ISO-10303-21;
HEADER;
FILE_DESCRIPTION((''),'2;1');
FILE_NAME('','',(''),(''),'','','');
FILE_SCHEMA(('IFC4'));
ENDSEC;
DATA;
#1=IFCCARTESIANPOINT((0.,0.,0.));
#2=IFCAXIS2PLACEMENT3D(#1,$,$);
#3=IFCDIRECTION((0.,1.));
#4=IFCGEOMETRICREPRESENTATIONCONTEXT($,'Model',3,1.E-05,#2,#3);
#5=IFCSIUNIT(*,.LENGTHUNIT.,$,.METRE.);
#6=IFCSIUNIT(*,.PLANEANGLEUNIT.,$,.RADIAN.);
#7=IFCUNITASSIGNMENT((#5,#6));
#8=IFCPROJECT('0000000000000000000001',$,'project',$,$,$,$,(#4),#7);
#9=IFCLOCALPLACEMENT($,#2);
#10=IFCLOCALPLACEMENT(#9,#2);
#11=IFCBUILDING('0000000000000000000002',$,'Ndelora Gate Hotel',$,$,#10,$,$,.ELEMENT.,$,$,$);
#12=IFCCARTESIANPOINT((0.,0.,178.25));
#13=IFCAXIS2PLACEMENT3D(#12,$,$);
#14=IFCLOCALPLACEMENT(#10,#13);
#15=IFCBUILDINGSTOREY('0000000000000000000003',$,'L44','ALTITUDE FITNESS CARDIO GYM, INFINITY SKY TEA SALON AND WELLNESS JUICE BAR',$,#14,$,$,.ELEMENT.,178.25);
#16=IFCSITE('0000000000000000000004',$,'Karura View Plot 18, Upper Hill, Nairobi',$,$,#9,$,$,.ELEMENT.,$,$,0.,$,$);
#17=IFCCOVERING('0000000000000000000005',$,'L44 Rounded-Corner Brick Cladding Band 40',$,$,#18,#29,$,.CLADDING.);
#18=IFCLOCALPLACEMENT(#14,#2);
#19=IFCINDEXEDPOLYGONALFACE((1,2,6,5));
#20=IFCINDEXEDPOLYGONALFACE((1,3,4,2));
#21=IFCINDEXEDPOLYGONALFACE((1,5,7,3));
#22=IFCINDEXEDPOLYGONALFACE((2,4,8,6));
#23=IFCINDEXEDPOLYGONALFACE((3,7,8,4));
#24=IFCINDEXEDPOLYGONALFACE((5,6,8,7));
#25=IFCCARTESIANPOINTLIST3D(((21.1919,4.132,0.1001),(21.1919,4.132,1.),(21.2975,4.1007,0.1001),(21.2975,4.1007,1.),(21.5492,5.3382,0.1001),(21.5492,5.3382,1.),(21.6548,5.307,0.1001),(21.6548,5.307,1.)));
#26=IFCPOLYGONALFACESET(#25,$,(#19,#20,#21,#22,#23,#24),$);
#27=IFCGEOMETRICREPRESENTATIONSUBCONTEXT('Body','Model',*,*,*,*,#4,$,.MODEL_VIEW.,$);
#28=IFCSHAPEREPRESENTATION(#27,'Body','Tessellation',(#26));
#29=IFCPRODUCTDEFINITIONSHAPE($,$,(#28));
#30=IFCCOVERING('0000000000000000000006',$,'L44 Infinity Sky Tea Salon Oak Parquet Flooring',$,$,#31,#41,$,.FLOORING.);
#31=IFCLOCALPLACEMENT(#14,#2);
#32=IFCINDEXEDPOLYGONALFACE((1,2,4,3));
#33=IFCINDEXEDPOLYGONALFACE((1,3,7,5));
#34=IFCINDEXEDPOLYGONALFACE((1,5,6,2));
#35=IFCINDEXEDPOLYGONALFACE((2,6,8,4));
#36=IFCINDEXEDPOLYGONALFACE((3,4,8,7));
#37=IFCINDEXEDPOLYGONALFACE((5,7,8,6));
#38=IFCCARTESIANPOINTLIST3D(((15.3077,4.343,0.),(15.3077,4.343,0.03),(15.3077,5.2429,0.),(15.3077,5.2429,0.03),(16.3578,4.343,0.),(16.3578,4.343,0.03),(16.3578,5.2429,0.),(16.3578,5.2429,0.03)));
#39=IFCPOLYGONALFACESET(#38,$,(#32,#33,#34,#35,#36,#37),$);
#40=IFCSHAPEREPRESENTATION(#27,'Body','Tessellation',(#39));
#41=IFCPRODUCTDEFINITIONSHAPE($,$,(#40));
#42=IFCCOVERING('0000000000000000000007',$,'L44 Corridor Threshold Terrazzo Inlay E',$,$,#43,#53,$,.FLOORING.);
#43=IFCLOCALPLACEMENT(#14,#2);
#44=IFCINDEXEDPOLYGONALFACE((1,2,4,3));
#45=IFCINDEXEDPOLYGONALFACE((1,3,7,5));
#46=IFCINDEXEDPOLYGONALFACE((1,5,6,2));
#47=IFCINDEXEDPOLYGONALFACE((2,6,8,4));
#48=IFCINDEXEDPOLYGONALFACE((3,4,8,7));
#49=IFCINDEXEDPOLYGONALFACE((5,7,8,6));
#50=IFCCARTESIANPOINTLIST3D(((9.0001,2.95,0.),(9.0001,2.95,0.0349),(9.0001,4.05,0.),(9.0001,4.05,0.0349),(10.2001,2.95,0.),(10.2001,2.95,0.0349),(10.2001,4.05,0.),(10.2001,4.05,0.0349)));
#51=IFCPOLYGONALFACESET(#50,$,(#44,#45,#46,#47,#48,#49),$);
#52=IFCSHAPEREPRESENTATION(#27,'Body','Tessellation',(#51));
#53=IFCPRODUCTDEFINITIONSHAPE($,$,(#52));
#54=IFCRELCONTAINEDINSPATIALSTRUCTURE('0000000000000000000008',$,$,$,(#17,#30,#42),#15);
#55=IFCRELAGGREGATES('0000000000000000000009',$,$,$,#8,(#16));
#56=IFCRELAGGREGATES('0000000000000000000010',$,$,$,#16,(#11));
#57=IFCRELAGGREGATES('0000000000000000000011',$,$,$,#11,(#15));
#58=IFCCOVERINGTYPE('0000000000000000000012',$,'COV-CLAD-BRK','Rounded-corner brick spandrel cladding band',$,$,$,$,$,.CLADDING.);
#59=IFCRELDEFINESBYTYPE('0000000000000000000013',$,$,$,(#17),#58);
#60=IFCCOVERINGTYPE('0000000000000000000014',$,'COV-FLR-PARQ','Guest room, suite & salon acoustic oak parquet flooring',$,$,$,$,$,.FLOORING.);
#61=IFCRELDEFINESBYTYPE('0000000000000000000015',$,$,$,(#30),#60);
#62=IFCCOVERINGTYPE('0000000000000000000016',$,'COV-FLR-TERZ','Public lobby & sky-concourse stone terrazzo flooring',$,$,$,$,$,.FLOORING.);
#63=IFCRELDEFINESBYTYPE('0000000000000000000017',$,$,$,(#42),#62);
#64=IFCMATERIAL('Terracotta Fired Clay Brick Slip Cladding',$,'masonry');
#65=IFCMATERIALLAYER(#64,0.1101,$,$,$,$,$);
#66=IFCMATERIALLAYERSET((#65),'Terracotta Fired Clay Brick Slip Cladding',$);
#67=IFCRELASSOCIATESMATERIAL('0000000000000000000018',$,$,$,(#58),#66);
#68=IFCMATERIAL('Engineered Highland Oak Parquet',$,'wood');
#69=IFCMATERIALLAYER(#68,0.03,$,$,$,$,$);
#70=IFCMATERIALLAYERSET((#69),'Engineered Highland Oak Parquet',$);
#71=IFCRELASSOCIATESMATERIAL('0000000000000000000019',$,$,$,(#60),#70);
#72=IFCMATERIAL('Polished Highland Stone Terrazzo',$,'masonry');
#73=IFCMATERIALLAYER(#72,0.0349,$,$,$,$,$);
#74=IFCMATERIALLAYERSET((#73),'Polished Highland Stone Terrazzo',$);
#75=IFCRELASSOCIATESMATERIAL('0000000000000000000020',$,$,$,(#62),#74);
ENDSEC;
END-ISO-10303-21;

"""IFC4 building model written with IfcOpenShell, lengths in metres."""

from ifc_helpers import new_model, si_unit, direction, frame, origin, origin_2d, place, context, subcontext, project, spatial, rectangle, extrude, material, layer, layer_set, type_object, element, save


model = new_model("IFC4")

# Units and contexts
model_context = context("Model", 3, precision=1e-05, world=origin(), true_north=direction((0.0, 1.0)))
body_context = subcontext(model_context, "Body", "Model", "MODEL_VIEW")
ifc_project = project(units=[si_unit("LENGTHUNIT", "METRE"), si_unit("PLANEANGLEUNIT", "RADIAN")], contexts=[model_context])

# Site, building, storey
site_placement = place(None, origin())
site = spatial("IfcSite", under=ifc_project, at=site_placement, Name="Karura View Plot 18, Upper Hill, Nairobi", CompositionType="ELEMENT", RefElevation=0.0)
building_placement = place(site_placement, origin())
building = spatial("IfcBuilding", under=site, at=building_placement, Name="Ndelora Gate Hotel", CompositionType="ELEMENT")
storey_placement = place(building_placement, frame((0.0, 0.0, 178.25)))
storey = spatial("IfcBuildingStorey", under=building, at=storey_placement, Name="L44", Description="ALTITUDE FITNESS CARDIO GYM, INFINITY SKY TEA SALON AND WELLNESS JUICE BAR", CompositionType="ELEMENT", Elevation=178.25)

# Coverings
ifc_material_1 = material(Name="Terracotta Fired Clay Brick Slip Cladding", Category="masonry")
ifc_layer_1 = layer(ifc_material_1, 0.1101)
ifc_layer_set_1 = layer_set([ifc_layer_1], Name="Terracotta Fired Clay Brick Slip Cladding")
covering_type_1 = type_object("IfcCoveringType", Name="COV-CLAD-BRK", Description="Rounded-corner brick spandrel cladding band", PredefinedType="CLADDING", material=ifc_layer_set_1)
covering_1_placement = place(storey_placement, frame((21.4233, 4.7195, 0.1001), z_axis=(0.0, 0.0, 1.0), x_axis=(0.284015, 0.95882, 0.0)))
element("IfcCovering", 1, at=covering_1_placement, inside=storey, type_object=covering_type_1, Name="L44 Rounded-Corner Brick Cladding Band 40", PredefinedType="CLADDING", context=body_context, shape_type="SweptSolid", body=[
    extrude(rectangle(XDim=1.2581, YDim=0.1101, at=origin_2d()), origin(), (0.0, 0.0, 1.0), 0.8999),
])
ifc_material_2 = material(Name="Engineered Highland Oak Parquet", Category="wood")
ifc_layer_2 = layer(ifc_material_2, 0.03)
ifc_layer_set_2 = layer_set([ifc_layer_2], Name="Engineered Highland Oak Parquet")
covering_type_2 = type_object("IfcCoveringType", Name="COV-FLR-PARQ", Description="Guest room, suite & salon acoustic oak parquet flooring", PredefinedType="FLOORING", material=ifc_layer_set_2)
covering_2_placement = place(storey_placement, frame((15.8328, 4.793, 0.0), z_axis=(0.0, 0.0, 1.0), x_axis=(1.0, 0.0, 0.0)))
element("IfcCovering", 2, at=covering_2_placement, inside=storey, type_object=covering_type_2, Name="L44 Infinity Sky Tea Salon Oak Parquet Flooring", PredefinedType="FLOORING", context=body_context, shape_type="SweptSolid", body=[
    extrude(rectangle(XDim=1.05, YDim=0.8999, at=origin_2d()), origin(), (0.0, 0.0, 1.0), 0.03),
])
ifc_material_3 = material(Name="Polished Highland Stone Terrazzo", Category="masonry")
ifc_layer_3 = layer(ifc_material_3, 0.0349)
ifc_layer_set_3 = layer_set([ifc_layer_3], Name="Polished Highland Stone Terrazzo")
covering_type_3 = type_object("IfcCoveringType", Name="COV-FLR-TERZ", Description="Public lobby & sky-concourse stone terrazzo flooring", PredefinedType="FLOORING", material=ifc_layer_set_3)
covering_3_placement = place(storey_placement, frame((9.6001, 3.5, 0.0), z_axis=(0.0, 0.0, 1.0), x_axis=(1.0, 0.0, 0.0)))
element("IfcCovering", 3, at=covering_3_placement, inside=storey, type_object=covering_type_3, Name="L44 Corridor Threshold Terrazzo Inlay E", PredefinedType="FLOORING", context=body_context, shape_type="SweptSolid", body=[
    extrude(rectangle(XDim=1.2, YDim=1.1001, at=origin_2d()), origin(), (0.0, 0.0, 1.0), 0.0349),
])

save(model, "model.ifc")
